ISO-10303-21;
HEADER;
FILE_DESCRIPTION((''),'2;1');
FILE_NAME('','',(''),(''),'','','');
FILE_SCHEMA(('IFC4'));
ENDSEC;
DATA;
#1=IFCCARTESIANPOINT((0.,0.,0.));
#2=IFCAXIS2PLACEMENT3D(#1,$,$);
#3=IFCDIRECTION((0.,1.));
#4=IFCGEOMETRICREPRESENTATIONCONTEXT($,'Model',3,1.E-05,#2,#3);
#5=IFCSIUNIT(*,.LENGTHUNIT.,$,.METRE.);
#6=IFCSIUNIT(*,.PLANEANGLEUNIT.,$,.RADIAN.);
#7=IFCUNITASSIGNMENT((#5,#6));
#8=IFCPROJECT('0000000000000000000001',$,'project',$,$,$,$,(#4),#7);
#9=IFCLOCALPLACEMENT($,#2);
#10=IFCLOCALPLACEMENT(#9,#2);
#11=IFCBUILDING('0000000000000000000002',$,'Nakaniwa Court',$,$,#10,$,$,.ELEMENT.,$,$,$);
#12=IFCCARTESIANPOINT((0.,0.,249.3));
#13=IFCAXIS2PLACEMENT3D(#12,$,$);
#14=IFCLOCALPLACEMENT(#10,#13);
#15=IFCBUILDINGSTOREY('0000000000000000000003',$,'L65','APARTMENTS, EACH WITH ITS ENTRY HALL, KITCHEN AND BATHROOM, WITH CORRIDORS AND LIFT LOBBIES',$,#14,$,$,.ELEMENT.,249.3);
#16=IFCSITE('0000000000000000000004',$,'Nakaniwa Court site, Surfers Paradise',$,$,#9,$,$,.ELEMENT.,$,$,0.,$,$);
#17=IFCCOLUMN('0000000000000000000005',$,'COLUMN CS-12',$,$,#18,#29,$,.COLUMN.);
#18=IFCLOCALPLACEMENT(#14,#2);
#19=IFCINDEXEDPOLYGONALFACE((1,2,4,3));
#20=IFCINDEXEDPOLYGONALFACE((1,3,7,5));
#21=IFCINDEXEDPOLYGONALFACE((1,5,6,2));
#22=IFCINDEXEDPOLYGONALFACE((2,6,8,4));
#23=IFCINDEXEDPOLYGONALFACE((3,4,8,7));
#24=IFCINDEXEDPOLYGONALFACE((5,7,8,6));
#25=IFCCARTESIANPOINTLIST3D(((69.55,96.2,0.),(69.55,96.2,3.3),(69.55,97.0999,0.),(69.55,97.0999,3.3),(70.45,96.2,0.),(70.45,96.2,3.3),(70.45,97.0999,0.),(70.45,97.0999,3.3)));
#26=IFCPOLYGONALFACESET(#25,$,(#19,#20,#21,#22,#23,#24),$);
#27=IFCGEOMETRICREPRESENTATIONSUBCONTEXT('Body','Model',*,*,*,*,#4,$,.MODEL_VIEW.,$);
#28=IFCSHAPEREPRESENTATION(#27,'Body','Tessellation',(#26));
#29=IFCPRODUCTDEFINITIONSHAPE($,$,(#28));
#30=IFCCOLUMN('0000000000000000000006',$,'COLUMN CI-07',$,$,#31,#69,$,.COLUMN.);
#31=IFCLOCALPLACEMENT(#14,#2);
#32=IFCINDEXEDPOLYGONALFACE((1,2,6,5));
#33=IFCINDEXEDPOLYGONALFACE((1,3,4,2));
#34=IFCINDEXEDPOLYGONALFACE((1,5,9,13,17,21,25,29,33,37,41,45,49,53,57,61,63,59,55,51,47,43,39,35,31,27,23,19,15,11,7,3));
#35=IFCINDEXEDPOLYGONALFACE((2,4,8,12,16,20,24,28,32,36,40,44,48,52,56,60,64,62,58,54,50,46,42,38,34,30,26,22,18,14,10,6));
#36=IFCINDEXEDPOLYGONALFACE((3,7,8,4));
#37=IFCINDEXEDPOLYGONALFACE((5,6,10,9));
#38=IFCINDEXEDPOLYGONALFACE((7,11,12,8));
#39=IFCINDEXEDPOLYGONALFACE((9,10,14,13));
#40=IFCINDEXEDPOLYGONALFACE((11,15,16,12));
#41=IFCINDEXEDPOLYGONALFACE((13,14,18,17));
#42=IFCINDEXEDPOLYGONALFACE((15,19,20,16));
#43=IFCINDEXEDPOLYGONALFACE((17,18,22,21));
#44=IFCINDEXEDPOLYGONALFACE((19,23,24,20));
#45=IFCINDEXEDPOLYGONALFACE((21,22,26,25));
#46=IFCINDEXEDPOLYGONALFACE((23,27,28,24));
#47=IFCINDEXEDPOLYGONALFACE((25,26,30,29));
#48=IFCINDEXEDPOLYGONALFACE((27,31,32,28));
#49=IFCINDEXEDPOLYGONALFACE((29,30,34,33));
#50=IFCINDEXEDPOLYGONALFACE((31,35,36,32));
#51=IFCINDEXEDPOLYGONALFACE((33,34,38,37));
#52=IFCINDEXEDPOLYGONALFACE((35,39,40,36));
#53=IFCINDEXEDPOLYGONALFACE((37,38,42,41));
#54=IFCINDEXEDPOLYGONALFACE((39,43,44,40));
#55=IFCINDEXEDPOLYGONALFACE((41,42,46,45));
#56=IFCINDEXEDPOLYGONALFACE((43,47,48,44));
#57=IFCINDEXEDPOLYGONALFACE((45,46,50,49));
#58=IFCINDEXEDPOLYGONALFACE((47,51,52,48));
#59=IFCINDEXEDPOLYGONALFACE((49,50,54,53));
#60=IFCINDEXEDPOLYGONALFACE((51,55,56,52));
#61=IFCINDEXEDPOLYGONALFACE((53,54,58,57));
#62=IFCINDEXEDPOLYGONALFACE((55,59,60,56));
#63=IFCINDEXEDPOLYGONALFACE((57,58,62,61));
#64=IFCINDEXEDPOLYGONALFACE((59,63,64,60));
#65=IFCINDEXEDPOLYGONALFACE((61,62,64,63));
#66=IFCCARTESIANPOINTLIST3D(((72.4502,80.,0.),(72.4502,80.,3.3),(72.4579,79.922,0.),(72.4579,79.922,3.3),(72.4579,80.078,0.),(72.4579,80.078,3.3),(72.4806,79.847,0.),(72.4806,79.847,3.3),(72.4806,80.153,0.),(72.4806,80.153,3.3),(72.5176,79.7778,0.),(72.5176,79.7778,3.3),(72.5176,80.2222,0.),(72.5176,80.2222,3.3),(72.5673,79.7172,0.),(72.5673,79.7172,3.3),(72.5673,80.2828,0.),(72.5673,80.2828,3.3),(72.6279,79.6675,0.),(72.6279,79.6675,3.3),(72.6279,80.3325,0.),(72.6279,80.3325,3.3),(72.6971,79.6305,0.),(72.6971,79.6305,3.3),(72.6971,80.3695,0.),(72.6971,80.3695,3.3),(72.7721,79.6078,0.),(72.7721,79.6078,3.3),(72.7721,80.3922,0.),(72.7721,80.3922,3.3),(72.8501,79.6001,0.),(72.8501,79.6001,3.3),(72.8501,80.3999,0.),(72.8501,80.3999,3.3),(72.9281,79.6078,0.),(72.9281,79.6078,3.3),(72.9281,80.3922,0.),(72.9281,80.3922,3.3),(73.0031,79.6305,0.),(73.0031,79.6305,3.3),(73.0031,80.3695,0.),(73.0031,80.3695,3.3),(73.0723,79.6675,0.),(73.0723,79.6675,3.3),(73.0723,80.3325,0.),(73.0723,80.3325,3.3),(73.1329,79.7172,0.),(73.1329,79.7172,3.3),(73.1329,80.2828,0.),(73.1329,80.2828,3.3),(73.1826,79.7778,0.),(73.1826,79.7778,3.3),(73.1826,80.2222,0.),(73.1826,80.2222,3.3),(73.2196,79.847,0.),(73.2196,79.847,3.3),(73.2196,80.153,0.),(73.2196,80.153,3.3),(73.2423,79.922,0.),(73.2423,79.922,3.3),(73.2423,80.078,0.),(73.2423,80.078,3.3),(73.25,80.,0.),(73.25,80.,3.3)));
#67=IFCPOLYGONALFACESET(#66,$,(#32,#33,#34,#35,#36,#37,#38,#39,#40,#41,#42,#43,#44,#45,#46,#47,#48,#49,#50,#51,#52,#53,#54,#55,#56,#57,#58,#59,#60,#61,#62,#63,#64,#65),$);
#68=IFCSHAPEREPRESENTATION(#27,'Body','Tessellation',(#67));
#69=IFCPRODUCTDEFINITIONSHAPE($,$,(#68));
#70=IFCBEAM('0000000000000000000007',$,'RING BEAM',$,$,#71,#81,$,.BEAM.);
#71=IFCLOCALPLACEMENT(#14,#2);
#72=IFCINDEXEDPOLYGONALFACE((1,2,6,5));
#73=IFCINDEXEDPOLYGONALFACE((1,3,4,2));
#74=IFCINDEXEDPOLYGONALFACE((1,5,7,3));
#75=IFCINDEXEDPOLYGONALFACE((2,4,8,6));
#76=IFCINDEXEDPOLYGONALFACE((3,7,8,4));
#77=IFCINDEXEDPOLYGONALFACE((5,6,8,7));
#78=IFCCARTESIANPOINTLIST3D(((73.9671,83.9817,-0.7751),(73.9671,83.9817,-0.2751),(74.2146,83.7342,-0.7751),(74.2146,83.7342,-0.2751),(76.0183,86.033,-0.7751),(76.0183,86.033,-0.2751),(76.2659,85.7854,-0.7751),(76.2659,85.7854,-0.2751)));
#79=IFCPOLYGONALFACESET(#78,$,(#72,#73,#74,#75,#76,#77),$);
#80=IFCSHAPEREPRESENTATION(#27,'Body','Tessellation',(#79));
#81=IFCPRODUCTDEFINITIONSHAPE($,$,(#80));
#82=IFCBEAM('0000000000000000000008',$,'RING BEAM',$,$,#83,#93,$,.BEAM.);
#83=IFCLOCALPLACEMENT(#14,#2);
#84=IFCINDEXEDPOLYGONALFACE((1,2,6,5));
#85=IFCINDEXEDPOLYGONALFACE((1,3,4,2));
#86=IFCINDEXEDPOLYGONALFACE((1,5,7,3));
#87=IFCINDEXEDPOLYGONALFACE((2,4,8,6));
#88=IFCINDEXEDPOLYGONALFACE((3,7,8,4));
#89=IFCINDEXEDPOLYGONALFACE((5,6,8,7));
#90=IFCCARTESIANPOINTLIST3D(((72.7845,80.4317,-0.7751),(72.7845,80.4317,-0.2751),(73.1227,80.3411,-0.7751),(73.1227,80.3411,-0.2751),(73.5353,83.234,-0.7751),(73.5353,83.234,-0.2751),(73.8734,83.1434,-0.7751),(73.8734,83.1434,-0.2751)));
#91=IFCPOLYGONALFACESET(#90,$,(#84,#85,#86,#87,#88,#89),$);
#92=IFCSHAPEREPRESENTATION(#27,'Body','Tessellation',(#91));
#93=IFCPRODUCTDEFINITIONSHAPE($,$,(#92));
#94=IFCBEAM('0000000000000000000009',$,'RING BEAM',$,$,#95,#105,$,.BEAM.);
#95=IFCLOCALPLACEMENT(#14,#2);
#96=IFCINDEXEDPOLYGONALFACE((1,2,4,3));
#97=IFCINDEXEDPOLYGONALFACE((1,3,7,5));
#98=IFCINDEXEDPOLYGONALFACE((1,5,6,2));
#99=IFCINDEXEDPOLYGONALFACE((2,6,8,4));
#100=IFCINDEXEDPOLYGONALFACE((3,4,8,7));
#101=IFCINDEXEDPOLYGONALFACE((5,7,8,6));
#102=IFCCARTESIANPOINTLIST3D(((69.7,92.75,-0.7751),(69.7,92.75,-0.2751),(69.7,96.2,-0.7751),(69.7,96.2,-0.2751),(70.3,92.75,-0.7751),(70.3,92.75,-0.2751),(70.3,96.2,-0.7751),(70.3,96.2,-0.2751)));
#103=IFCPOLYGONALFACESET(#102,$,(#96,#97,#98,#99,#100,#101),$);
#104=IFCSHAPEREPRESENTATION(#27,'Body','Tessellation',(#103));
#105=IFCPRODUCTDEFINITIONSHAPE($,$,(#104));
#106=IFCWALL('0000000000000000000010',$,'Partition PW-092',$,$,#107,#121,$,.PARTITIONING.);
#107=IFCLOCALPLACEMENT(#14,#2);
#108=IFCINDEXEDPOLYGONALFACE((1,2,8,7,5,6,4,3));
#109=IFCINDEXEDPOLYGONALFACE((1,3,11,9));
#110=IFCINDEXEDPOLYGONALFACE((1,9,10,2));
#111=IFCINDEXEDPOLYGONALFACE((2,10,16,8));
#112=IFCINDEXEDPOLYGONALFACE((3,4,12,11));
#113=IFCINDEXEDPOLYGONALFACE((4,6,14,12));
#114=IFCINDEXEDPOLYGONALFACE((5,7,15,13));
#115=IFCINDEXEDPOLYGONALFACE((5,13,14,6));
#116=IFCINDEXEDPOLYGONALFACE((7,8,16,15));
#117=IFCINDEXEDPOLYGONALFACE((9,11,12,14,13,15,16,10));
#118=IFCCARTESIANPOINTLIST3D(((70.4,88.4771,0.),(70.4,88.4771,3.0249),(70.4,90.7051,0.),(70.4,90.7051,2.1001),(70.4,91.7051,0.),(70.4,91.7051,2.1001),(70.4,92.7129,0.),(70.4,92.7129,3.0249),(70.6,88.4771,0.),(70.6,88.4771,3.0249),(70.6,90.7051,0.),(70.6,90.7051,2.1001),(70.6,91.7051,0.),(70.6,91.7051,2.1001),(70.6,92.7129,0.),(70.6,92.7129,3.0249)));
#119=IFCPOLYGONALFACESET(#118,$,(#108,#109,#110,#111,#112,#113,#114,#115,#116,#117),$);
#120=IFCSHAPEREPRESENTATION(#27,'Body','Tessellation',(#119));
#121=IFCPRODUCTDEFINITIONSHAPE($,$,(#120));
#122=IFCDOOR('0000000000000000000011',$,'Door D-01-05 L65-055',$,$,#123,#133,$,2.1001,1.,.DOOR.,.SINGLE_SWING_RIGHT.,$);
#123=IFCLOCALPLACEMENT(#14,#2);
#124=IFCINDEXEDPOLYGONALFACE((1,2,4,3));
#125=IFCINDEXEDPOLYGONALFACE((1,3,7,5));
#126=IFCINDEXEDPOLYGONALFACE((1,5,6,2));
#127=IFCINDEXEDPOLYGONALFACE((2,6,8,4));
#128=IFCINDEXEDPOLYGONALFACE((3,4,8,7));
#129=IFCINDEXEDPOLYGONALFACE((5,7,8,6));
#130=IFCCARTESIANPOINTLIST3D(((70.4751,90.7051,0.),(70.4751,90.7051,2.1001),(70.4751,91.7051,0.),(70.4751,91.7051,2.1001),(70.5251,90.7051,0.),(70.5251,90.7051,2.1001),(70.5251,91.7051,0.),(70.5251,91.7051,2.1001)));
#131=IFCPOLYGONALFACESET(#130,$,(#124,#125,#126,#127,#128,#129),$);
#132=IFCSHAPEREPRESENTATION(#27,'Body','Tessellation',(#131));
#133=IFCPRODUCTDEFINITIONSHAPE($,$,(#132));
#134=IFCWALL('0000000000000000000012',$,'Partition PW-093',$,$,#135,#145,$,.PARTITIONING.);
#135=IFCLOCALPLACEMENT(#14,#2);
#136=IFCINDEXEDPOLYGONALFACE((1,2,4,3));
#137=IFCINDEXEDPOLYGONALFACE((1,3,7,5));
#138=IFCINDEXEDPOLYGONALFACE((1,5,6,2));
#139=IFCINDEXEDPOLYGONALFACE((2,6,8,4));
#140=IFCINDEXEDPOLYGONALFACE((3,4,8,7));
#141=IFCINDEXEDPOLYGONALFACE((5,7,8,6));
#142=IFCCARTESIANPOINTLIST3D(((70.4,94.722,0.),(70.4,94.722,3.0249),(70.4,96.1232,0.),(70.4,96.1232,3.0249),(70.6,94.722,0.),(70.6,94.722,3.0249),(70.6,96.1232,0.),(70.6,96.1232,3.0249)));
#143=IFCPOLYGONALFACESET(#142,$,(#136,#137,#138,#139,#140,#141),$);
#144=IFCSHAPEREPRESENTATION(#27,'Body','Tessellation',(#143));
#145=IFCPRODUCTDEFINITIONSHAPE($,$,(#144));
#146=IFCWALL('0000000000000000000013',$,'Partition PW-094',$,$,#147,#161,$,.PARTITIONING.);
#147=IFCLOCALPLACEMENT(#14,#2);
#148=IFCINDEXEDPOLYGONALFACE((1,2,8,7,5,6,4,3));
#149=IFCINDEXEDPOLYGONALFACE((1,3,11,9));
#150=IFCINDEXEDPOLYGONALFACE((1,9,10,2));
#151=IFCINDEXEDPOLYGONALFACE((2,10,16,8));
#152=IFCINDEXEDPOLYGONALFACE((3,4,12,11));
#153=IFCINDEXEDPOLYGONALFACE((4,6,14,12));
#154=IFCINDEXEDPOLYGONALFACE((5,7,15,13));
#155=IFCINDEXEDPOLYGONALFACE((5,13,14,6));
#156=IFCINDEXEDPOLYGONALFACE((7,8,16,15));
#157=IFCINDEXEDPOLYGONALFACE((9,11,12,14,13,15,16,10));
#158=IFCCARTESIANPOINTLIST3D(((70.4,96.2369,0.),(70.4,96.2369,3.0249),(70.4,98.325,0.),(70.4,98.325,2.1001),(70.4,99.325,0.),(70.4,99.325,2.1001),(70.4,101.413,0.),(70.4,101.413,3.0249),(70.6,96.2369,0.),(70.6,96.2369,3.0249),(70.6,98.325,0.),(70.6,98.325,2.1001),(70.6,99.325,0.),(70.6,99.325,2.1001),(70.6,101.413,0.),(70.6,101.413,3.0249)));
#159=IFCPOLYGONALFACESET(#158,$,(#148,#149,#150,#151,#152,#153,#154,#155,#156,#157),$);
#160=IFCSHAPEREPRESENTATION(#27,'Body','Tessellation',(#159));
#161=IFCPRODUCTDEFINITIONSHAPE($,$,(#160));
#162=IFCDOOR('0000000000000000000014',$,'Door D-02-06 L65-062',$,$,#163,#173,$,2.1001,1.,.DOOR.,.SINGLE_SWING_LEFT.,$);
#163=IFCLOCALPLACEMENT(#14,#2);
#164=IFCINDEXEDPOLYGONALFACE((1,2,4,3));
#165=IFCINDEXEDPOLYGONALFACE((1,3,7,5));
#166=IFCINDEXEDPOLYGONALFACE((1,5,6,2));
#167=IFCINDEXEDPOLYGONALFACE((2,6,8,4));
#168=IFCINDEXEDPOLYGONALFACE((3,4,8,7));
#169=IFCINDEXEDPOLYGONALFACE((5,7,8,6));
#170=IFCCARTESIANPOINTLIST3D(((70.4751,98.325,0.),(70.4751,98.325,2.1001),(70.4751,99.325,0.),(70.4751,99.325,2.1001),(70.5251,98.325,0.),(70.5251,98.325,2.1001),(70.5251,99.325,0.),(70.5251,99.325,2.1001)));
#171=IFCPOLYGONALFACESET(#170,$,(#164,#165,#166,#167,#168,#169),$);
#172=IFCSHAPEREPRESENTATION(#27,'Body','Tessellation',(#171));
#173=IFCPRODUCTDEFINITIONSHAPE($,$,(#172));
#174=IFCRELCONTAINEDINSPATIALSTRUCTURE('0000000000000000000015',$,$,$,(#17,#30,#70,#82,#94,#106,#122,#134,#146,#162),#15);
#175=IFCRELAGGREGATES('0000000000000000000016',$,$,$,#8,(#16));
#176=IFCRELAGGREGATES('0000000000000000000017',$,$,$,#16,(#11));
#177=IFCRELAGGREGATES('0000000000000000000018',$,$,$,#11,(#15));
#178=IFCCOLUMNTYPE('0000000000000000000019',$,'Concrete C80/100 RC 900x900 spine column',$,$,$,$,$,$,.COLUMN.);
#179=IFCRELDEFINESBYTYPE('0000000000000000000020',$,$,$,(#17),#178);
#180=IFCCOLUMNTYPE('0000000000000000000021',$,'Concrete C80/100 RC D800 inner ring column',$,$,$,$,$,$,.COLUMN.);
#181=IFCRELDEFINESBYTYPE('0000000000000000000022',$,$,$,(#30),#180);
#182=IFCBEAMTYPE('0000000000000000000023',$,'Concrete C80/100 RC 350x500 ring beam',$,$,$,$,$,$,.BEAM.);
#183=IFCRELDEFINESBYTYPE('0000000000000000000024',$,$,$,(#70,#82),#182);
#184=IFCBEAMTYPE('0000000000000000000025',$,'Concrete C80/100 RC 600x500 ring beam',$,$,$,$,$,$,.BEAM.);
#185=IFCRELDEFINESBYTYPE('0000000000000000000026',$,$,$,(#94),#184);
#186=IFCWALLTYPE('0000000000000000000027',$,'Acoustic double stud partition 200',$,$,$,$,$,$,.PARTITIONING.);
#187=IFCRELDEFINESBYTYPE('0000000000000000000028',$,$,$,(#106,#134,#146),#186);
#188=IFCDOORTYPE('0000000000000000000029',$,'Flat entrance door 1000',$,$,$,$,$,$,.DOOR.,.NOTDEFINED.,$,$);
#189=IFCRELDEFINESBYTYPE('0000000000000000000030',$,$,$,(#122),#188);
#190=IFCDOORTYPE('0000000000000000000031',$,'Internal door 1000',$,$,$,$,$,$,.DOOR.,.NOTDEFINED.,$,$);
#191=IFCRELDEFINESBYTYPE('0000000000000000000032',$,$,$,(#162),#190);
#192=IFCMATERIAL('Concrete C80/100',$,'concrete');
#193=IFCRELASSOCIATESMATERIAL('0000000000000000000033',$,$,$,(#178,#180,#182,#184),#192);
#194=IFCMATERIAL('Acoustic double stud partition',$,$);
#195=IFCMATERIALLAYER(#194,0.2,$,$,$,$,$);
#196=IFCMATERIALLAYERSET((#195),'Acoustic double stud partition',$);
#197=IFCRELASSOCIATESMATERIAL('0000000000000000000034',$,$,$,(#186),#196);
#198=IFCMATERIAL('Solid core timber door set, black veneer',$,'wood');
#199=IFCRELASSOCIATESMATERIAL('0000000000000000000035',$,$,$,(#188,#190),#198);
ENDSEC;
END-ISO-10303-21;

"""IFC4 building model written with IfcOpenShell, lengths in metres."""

from ifc_helpers import new_model, si_unit, direction, frame, frame_2d, origin, origin_2d, place, context, subcontext, project, spatial, rectangle, circle, extrude, material, layer, layer_set, material_profile, profile_set, type_object, element, fill, save


model = new_model("IFC4")

# Units and contexts
model_context = context("Model", 3, precision=1e-05, world=origin(), true_north=direction((0.0, 1.0)))
body_context = subcontext(model_context, "Body", "Model", "MODEL_VIEW")
ifc_project = project(units=[si_unit("LENGTHUNIT", "METRE"), si_unit("PLANEANGLEUNIT", "RADIAN")], contexts=[model_context])

# Site, building, storey
site_placement = place(None, origin())
site = spatial("IfcSite", under=ifc_project, at=site_placement, Name="Nakaniwa Court site, Surfers Paradise", CompositionType="ELEMENT", RefElevation=0.0)
building_placement = place(site_placement, origin())
building = spatial("IfcBuilding", under=site, at=building_placement, Name="Nakaniwa Court", CompositionType="ELEMENT")
storey_placement = place(building_placement, frame((0.0, 0.0, 249.3)))
storey = spatial("IfcBuildingStorey", under=building, at=storey_placement, Name="L65", Description="APARTMENTS, EACH WITH ITS ENTRY HALL, KITCHEN AND BATHROOM, WITH CORRIDORS AND LIFT LOBBIES", CompositionType="ELEMENT", Elevation=249.3)

# Columns
ifc_material_1 = material(Name="Concrete C80/100", Category="concrete")
ifc_material_profile_1 = material_profile(ifc_material_1, rectangle(XDim=0.8999, YDim=0.8999, at=origin_2d()), Name="Concrete C80/100 RC 900x900 spine column")
ifc_profile_set_1 = profile_set([ifc_material_profile_1], Name="Concrete C80/100")
column_type_1 = type_object("IfcColumnType", Name="Concrete C80/100 RC 900x900 spine column", PredefinedType="COLUMN", material=ifc_profile_set_1)
column_placement = place(storey_placement, frame((70.0, 96.6499, 0.0), z_axis=(0.0, 0.0, 1.0), x_axis=(0.0, -1.0, 0.0)))
element("IfcColumn", 1, at=column_placement, inside=storey, type_object=column_type_1, Name="COLUMN CS-12", PredefinedType="COLUMN", context=body_context, shape_type="SweptSolid", body=[
    extrude(rectangle(XDim=0.8999, YDim=0.8999, at=origin_2d()), origin(), (0.0, 0.0, 1.0), 3.3),
])
ifc_material_profile_2 = material_profile(ifc_material_1, circle(Radius=0.3999, at=origin_2d()), Name="Concrete C80/100 RC D800 inner ring column")
ifc_profile_set_2 = profile_set([ifc_material_profile_2], Name="Concrete C80/100")
column_type_2 = type_object("IfcColumnType", Name="Concrete C80/100 RC D800 inner ring column", PredefinedType="COLUMN", material=ifc_profile_set_2)
for number, where, z_axis, x_axis, name in (
    (2, (72.8501, 80.0, 0.0), (0.0, 0.0, 1.0), (0.0, -1.0, 0.0), "COLUMN CI-07"),
):
    element("IfcColumn", number, at=place(storey_placement, frame(where, z_axis=z_axis, x_axis=x_axis)), inside=storey, type_object=column_type_2, Name=name, PredefinedType="COLUMN", context=body_context, shape_type="SweptSolid", body=[
        extrude(circle(Radius=0.3999, at=origin_2d()), origin(), (0.0, 0.0, 1.0), 3.3),
    ])

# Beams
ifc_material_profile_3 = material_profile(ifc_material_1, rectangle(XDim=0.3501, YDim=0.5, at=origin_2d()), Name="Concrete C80/100 RC 350x500 ring beam")
ifc_profile_set_3 = profile_set([ifc_material_profile_3], Name="Concrete C80/100")
beam_type_1 = type_object("IfcBeamType", Name="Concrete C80/100 RC 350x500 ring beam", PredefinedType="BEAM", material=ifc_profile_set_3)
beam_1_placement = place(storey_placement, frame((76.1421, 85.9092, -0.5251), z_axis=(-0.707107, -0.707107, 0.0), x_axis=(0.707107, -0.707107, 0.0)))
element("IfcBeam", 3, at=beam_1_placement, inside=storey, type_object=beam_type_1, Name="RING BEAM", PredefinedType="BEAM", context=body_context, shape_type="SweptSolid", body=[
    extrude(rectangle(XDim=0.3501, YDim=0.5, at=origin_2d()), origin(), (0.0, 0.0, 1.0), 2.9009),
])
beam_2_placement = place(storey_placement, frame((73.7043, 83.1887, -0.5251), z_axis=(-0.258778, -0.965937, 0.0), x_axis=(0.965937, -0.258778, 0.0)))
element("IfcBeam", 4, at=beam_2_placement, inside=storey, type_object=beam_type_1, Name="RING BEAM", PredefinedType="BEAM", context=body_context, shape_type="SweptSolid", body=[
    extrude(rectangle(XDim=0.3501, YDim=0.5, at=origin_2d()), origin(), (0.0, 0.0, 1.0), 2.9011),
])
ifc_material_profile_4 = material_profile(ifc_material_1, rectangle(XDim=0.6001, YDim=0.5, at=origin_2d()), Name="Concrete C80/100 RC 600x500 ring beam")
ifc_profile_set_4 = profile_set([ifc_material_profile_4], Name="Concrete C80/100")
beam_type_2 = type_object("IfcBeamType", Name="Concrete C80/100 RC 600x500 ring beam", PredefinedType="BEAM", material=ifc_profile_set_4)
beam_3_placement = place(storey_placement, frame((70.0, 96.2, -0.5251), z_axis=(0.0, -1.0, 0.0), x_axis=(1.0, 0.0, 0.0)))
element("IfcBeam", 5, at=beam_3_placement, inside=storey, type_object=beam_type_2, Name="RING BEAM", PredefinedType="BEAM", context=body_context, shape_type="SweptSolid", body=[
    extrude(rectangle(XDim=0.6001, YDim=0.5, at=origin_2d()), origin(), (0.0, 0.0, 1.0), 3.45),
])

# Wall, opening, door
ifc_material_2 = material(Name="Acoustic double stud partition")
ifc_layer_1 = layer(ifc_material_2, 0.2)
ifc_layer_set_1 = layer_set([ifc_layer_1], Name="Acoustic double stud partition")
wall_type_1 = type_object("IfcWallType", Name="Acoustic double stud partition 200", PredefinedType="PARTITIONING", material=ifc_layer_set_1)
wall_1_placement = place(storey_placement, frame((70.5, 88.4771, 0.0), z_axis=(0.0, 0.0, 1.0), x_axis=(0.0, 1.0, 0.0)))
wall_1 = element("IfcWall", 6, at=wall_1_placement, inside=storey, type_object=wall_type_1, Name="Partition PW-092", PredefinedType="PARTITIONING", context=body_context, shape_type="SweptSolid", body=[
    extrude(rectangle(XDim=4.2358, YDim=0.2, at=frame_2d((2.1179, 0.0))), origin(), (0.0, 0.0, 1.0), 3.0249),
])
opening_1_placement = place(wall_1_placement, frame((2.228, 0.0, 0.0)))
opening_1 = element("IfcOpeningElement", 7, at=opening_1_placement, cuts=wall_1, PredefinedType="OPENING", context=body_context, shape_type="SweptSolid", body=[
    extrude(rectangle(XDim=1.0, YDim=2.1001, at=frame_2d((0.5, 1.05))), frame((0.0, 0.1099, 0.0), z_axis=(0.0, -1.0, 0.0), x_axis=(1.0, 0.0, 0.0)), (0.0, 0.0, 1.0), 0.22),
])
ifc_material_3 = material(Name="Solid core timber door set, black veneer", Category="wood")
door_type_1 = type_object("IfcDoorType", Name="Flat entrance door 1000", OperationType="NOTDEFINED", PredefinedType="DOOR", material=ifc_material_3)
door_1_placement = place(opening_1_placement, origin())
door_1 = element("IfcDoor", 8, at=door_1_placement, inside=storey, type_object=door_type_1, Name="Door D-01-05 L65-055", OperationType="SINGLE_SWING_RIGHT", OverallHeight=2.1001, OverallWidth=1.0, PredefinedType="DOOR", context=body_context, shape_type="SweptSolid", body=[
    extrude(rectangle(XDim=1.0, YDim=2.1001, at=frame_2d((0.5, 1.05))), frame((0.0, 0.0249, 0.0), z_axis=(0.0, -1.0, 0.0), x_axis=(1.0, 0.0, 0.0)), (0.0, 0.0, 1.0), 0.05),
])
fill(opening_1, door_1)

# Wall
wall_2_placement = place(storey_placement, frame((70.5, 94.7219, 0.0), z_axis=(0.0, 0.0, 1.0), x_axis=(0.0, 1.0, 0.0)))
element("IfcWall", 9, at=wall_2_placement, inside=storey, type_object=wall_type_1, Name="Partition PW-093", PredefinedType="PARTITIONING", context=body_context, shape_type="SweptSolid", body=[
    extrude(rectangle(XDim=1.4011, YDim=0.2, at=frame_2d((0.7007, 0.0))), origin(), (0.0, 0.0, 1.0), 3.0249),
])

# Wall, opening, door
wall_3_placement = place(storey_placement, frame((70.5, 96.2371, 0.0), z_axis=(0.0, 0.0, 1.0), x_axis=(0.0, 1.0, 0.0)))
wall_3 = element("IfcWall", 10, at=wall_3_placement, inside=storey, type_object=wall_type_1, Name="Partition PW-094", PredefinedType="PARTITIONING", context=body_context, shape_type="SweptSolid", body=[
    extrude(rectangle(XDim=5.176, YDim=0.2, at=frame_2d((2.5879, 0.0))), origin(), (0.0, 0.0, 1.0), 3.0249),
])
opening_2_placement = place(wall_3_placement, frame((2.0879, 0.0, 0.0)))
opening_2 = element("IfcOpeningElement", 11, at=opening_2_placement, cuts=wall_3, PredefinedType="OPENING", context=body_context, shape_type="SweptSolid", body=[
    extrude(rectangle(XDim=1.0, YDim=2.1001, at=frame_2d((0.5, 1.05))), frame((0.0, 0.1099, 0.0), z_axis=(0.0, -1.0, 0.0), x_axis=(1.0, 0.0, 0.0)), (0.0, 0.0, 1.0), 0.22),
])
door_type_2 = type_object("IfcDoorType", Name="Internal door 1000", OperationType="NOTDEFINED", PredefinedType="DOOR", material=ifc_material_3)
door_2_placement = place(opening_2_placement, origin())
door_2 = element("IfcDoor", 12, at=door_2_placement, inside=storey, type_object=door_type_2, Name="Door D-02-06 L65-062", OperationType="SINGLE_SWING_LEFT", OverallHeight=2.1001, OverallWidth=1.0, PredefinedType="DOOR", context=body_context, shape_type="SweptSolid", body=[
    extrude(rectangle(XDim=1.0, YDim=2.1001, at=frame_2d((0.5, 1.05))), frame((0.0, 0.0249, 0.0), z_axis=(0.0, -1.0, 0.0), x_axis=(1.0, 0.0, 0.0)), (0.0, 0.0, 1.0), 0.05),
])
fill(opening_2, door_2)

save(model, "model.ifc")
